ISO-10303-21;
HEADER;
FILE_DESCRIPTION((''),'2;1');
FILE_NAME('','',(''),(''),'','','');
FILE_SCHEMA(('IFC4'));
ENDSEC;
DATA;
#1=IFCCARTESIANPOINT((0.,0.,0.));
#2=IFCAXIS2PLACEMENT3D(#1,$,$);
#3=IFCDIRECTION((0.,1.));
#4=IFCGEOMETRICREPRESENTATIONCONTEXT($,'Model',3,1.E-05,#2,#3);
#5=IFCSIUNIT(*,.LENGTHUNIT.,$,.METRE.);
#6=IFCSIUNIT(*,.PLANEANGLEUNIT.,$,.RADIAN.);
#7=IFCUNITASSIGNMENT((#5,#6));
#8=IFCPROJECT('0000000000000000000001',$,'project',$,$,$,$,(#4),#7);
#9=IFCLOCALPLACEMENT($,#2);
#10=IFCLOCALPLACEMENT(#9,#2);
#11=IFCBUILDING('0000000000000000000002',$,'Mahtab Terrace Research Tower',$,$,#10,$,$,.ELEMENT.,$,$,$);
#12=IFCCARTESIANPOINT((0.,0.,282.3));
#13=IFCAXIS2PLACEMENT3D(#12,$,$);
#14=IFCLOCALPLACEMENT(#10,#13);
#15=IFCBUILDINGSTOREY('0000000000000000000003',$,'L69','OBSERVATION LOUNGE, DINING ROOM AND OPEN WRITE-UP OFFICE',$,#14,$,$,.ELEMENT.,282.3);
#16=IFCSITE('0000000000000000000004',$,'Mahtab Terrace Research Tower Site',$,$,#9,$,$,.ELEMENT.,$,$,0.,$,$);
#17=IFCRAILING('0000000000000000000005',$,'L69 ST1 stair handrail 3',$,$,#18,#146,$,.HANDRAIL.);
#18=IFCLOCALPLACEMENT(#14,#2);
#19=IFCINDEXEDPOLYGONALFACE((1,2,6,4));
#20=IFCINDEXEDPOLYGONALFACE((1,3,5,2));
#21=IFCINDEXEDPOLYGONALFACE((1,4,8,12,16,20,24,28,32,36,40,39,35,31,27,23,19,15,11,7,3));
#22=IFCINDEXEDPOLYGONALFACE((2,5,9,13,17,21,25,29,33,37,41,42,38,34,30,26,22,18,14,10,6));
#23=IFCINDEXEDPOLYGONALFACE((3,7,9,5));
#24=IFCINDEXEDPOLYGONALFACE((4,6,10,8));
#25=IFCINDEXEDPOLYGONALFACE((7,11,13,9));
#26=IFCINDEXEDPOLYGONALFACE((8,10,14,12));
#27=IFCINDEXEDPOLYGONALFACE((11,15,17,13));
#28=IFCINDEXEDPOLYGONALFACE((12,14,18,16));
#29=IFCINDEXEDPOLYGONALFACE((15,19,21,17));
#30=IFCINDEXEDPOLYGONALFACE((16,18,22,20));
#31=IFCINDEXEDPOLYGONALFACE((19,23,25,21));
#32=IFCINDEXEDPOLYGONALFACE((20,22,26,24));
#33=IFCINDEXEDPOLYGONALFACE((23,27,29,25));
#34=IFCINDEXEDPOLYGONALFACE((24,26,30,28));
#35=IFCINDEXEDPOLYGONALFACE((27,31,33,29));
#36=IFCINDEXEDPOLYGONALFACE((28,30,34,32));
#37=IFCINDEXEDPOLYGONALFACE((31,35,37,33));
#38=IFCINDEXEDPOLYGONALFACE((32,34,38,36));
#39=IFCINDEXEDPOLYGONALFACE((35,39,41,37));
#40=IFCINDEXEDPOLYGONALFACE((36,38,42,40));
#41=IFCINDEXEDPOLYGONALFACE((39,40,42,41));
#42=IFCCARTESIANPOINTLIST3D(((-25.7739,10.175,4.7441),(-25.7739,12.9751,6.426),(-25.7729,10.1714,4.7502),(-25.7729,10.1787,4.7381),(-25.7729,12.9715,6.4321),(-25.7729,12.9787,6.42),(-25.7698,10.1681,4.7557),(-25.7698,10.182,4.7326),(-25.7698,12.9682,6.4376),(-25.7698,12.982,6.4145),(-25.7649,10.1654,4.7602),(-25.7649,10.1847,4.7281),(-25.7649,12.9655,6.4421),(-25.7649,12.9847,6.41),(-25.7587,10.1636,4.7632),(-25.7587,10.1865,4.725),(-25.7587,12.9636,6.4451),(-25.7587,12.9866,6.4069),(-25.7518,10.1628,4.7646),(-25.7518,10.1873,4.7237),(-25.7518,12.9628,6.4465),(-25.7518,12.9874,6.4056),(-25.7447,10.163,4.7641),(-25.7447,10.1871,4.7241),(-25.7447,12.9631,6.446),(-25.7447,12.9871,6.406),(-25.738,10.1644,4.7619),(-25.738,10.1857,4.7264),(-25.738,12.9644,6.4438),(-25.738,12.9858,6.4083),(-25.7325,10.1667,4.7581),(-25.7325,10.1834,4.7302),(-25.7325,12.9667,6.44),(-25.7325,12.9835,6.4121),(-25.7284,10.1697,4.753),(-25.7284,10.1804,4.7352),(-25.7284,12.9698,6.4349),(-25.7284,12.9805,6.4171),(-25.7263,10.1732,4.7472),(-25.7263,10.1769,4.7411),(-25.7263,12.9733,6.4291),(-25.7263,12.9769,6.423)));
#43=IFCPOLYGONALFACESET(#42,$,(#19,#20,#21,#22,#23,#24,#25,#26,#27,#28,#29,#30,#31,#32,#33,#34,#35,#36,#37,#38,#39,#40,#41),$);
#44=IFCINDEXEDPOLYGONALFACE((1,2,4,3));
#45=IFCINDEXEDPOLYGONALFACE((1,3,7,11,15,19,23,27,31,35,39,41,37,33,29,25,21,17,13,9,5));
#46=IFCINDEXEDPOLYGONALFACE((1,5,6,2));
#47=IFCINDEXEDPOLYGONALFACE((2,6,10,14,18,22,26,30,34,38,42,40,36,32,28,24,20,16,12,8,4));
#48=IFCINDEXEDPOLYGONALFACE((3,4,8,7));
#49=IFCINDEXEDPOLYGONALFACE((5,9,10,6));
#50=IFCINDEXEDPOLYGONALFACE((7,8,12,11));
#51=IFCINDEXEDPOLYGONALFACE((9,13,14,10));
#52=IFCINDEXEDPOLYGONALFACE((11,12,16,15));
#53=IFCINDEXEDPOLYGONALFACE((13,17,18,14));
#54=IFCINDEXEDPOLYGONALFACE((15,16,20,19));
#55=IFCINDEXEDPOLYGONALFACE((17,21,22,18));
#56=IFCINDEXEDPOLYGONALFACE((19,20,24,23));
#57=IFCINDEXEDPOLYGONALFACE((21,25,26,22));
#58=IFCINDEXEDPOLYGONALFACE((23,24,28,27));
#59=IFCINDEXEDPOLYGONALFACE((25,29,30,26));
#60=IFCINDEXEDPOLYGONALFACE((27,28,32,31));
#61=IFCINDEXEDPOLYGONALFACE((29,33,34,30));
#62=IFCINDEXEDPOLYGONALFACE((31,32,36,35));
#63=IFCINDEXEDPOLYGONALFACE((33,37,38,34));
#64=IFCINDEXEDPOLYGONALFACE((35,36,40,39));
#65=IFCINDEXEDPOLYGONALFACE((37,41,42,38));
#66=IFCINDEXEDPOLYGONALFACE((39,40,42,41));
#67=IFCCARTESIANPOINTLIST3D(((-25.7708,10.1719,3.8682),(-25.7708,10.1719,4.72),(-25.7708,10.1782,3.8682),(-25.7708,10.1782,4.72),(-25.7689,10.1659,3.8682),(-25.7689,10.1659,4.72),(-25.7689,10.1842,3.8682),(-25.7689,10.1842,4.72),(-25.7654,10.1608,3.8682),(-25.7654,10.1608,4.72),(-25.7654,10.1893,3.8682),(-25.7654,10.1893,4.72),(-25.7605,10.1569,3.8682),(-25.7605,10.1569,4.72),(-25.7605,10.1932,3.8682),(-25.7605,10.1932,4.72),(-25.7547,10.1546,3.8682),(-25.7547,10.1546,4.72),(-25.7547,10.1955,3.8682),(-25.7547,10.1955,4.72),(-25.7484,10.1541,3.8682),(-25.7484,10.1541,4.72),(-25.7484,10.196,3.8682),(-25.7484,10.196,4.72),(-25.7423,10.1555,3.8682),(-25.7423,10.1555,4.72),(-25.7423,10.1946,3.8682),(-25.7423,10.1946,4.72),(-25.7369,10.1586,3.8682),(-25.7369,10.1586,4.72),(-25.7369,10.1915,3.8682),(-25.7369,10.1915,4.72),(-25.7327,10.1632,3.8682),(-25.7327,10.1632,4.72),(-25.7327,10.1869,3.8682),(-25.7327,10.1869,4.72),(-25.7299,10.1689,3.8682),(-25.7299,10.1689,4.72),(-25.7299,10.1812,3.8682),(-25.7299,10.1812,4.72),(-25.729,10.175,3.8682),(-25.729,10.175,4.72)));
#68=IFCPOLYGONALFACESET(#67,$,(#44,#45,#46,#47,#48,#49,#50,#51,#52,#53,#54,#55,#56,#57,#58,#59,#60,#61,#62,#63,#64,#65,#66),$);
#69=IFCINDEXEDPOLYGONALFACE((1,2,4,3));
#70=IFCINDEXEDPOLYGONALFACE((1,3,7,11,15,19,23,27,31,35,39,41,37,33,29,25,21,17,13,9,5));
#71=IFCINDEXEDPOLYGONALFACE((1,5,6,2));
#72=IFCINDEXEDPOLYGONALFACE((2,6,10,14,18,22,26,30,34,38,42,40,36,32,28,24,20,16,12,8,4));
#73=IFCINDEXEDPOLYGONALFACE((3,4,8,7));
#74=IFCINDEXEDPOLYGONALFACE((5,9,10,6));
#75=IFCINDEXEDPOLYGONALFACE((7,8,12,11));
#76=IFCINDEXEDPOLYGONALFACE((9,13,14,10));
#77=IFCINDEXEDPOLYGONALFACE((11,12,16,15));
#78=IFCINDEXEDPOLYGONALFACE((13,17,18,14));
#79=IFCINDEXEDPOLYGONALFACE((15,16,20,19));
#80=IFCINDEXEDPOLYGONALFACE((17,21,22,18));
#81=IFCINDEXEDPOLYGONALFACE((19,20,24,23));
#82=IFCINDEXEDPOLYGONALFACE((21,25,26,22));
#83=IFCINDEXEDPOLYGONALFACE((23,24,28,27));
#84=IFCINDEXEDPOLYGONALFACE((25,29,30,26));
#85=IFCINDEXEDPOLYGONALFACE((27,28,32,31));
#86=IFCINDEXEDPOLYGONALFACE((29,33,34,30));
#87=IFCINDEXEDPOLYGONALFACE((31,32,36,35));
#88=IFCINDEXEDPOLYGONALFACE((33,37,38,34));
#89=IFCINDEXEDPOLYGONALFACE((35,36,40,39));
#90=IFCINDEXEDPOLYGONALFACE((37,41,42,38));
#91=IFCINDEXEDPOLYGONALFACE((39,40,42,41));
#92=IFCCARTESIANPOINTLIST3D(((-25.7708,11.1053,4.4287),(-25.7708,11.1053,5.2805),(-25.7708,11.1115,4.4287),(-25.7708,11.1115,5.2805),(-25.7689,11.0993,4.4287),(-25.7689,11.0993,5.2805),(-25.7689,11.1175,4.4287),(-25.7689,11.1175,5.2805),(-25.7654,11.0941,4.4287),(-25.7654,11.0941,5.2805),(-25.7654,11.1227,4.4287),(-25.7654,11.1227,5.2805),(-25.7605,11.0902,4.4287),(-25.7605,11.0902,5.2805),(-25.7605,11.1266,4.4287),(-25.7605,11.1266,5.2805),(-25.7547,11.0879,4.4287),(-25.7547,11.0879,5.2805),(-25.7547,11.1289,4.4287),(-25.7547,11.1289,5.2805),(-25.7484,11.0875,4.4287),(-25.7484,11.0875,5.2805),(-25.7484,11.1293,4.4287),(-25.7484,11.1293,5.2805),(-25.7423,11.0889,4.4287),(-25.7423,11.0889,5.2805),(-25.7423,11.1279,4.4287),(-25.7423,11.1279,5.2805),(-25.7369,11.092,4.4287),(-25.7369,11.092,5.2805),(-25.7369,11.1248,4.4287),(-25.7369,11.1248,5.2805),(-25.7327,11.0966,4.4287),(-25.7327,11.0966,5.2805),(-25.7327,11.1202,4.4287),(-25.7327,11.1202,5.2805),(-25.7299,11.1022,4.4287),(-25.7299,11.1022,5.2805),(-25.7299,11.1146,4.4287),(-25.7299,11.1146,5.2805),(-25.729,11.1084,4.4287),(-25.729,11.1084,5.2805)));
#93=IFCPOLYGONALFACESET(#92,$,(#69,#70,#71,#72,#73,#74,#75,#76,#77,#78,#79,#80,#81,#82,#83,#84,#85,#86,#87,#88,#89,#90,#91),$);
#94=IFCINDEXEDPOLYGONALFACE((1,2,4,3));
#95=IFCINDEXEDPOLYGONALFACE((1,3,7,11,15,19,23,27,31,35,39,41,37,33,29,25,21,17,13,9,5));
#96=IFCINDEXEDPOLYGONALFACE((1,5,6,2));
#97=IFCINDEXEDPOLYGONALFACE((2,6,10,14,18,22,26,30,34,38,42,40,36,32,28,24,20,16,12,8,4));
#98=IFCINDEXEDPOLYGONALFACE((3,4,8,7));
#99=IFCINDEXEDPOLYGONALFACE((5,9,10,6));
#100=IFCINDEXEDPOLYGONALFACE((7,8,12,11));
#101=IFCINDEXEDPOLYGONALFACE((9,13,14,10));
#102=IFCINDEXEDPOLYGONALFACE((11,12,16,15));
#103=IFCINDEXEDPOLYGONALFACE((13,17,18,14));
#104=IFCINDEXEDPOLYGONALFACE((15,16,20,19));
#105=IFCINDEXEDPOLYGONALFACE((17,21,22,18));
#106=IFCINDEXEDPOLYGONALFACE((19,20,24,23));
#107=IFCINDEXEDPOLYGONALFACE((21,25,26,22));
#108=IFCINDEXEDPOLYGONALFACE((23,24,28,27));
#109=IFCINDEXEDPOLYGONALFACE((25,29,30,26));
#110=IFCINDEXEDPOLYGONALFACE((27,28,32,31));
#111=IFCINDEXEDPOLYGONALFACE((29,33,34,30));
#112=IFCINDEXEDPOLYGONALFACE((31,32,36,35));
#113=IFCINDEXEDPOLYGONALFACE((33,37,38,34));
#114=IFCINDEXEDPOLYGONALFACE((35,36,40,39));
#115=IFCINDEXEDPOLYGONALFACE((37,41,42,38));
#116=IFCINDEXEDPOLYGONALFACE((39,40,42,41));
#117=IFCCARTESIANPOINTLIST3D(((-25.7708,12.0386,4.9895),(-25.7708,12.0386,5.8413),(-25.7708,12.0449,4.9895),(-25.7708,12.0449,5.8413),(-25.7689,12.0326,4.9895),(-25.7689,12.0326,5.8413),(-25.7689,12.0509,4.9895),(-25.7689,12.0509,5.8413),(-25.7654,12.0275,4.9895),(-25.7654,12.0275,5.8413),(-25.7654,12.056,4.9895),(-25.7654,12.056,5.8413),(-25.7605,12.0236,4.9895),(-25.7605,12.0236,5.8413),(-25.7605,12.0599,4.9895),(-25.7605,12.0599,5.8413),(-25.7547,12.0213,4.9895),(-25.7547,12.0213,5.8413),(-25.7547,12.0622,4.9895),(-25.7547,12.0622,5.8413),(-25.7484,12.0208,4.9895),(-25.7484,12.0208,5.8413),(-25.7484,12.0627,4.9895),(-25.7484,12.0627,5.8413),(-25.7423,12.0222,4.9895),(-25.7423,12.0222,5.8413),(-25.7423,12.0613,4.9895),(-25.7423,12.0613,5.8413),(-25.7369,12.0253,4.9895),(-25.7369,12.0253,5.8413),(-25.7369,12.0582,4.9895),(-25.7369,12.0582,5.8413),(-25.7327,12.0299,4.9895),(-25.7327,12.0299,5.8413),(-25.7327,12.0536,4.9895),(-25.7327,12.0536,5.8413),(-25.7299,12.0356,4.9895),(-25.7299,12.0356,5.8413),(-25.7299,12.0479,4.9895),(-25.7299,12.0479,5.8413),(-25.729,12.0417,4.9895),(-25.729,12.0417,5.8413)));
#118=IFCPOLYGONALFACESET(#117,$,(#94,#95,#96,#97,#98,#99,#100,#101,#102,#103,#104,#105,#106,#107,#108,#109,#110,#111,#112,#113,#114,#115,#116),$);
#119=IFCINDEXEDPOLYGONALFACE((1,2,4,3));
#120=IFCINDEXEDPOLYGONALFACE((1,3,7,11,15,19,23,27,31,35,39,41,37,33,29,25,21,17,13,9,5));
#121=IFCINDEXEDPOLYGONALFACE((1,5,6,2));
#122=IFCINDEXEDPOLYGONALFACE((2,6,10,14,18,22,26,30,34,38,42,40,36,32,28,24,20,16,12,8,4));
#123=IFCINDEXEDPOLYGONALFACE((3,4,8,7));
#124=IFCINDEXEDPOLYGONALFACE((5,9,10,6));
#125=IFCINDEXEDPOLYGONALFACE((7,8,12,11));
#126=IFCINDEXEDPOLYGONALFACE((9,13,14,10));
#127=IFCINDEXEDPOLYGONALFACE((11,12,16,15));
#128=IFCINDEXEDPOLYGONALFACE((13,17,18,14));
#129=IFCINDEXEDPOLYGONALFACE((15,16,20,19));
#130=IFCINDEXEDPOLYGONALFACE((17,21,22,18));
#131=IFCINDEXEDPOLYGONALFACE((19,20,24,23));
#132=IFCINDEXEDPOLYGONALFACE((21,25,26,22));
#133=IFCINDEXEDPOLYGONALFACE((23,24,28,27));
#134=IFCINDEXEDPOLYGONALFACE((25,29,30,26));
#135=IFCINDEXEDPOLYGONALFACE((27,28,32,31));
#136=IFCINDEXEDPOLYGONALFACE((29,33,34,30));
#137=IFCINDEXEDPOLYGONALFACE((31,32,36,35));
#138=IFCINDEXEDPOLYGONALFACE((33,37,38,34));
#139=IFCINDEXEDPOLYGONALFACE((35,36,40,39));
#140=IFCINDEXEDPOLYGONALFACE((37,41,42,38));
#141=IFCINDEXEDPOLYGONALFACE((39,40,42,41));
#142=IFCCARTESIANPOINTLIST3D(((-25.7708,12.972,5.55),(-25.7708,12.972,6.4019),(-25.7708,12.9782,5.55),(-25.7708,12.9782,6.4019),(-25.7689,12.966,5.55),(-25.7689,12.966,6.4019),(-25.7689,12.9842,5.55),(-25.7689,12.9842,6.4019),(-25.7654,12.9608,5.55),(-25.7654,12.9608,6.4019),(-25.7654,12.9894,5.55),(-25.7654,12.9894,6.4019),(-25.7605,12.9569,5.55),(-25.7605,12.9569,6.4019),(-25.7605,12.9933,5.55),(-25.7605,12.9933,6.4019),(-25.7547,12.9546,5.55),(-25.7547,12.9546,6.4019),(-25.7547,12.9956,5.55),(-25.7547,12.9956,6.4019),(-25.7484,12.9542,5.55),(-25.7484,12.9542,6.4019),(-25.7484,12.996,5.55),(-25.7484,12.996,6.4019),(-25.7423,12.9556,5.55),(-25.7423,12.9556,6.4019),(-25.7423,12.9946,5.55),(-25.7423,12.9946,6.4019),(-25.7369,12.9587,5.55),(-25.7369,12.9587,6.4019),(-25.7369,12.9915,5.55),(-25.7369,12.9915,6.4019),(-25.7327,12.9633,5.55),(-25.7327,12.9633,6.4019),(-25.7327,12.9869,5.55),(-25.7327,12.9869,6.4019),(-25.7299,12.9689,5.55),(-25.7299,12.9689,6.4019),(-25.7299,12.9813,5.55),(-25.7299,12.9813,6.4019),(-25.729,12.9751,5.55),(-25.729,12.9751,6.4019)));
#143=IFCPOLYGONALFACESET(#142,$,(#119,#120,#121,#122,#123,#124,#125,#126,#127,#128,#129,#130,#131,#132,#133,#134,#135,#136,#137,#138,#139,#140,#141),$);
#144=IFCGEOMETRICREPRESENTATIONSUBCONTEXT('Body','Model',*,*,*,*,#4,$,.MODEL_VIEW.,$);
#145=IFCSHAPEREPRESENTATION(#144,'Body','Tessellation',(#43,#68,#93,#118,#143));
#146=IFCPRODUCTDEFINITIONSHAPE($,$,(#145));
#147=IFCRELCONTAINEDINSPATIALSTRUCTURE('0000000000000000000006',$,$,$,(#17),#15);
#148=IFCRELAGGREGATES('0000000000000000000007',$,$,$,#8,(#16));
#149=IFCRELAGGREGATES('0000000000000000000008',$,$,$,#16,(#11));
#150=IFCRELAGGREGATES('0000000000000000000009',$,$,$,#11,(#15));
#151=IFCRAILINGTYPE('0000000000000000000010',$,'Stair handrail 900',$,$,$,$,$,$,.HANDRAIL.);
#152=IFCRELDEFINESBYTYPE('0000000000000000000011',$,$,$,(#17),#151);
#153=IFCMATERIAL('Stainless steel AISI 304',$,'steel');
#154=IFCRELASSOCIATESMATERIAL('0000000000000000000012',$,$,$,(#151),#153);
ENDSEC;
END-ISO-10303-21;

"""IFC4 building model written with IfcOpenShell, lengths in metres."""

from ifc_helpers import new_model, si_unit, direction, frame, origin, origin_2d, place, context, subcontext, project, spatial, circle, extrude, material, type_object, element, save


model = new_model("IFC4")

# Units and contexts
model_context = context("Model", 3, precision=1e-05, world=origin(), true_north=direction((0.0, 1.0)))
body_context = subcontext(model_context, "Body", "Model", "MODEL_VIEW")
ifc_project = project(units=[si_unit("LENGTHUNIT", "METRE"), si_unit("PLANEANGLEUNIT", "RADIAN")], contexts=[model_context])

# Site, building, storey
site_placement = place(None, origin())
site = spatial("IfcSite", under=ifc_project, at=site_placement, Name="Mahtab Terrace Research Tower Site", CompositionType="ELEMENT", RefElevation=0.0)
building_placement = place(site_placement, origin())
building = spatial("IfcBuilding", under=site, at=building_placement, Name="Mahtab Terrace Research Tower", CompositionType="ELEMENT")
storey_placement = place(building_placement, frame((0.0, 0.0, 282.3)))
storey = spatial("IfcBuildingStorey", under=building, at=storey_placement, Name="L69", Description="OBSERVATION LOUNGE, DINING ROOM AND OPEN WRITE-UP OFFICE", CompositionType="ELEMENT", Elevation=282.3)

# Railing
ifc_material_1 = material(Name="Stainless steel AISI 304", Category="steel")
railing_type_1 = type_object("IfcRailingType", Name="Stair handrail 900", PredefinedType="HANDRAIL", material=ifc_material_1)
railing_1_placement = place(storey_placement, frame((-25.75, 10.175, 3.8682)))
element("IfcRailing", 1, at=railing_1_placement, inside=storey, type_object=railing_type_1, Name="L69 ST1 stair handrail 3", PredefinedType="HANDRAIL", context=body_context, shape_type="SweptSolid", body=[
    extrude(circle(Radius=0.0239, at=origin_2d()), frame((0.0, 0.0, 0.876), z_axis=(0.0, 0.857242, 0.514913), x_axis=(-1.0, 0.0, 0.0)), (0.0, 0.0, 1.0), 3.2664),
    extrude(circle(Radius=0.021, at=origin_2d()), origin(), (0.0, 0.0, 1.0), 0.8518),
    extrude(circle(Radius=0.021, at=origin_2d()), frame((0.0, 0.9333, 0.5605)), (0.0, 0.0, 1.0), 0.8518),
    extrude(circle(Radius=0.021, at=origin_2d()), frame((0.0, 1.8667, 1.1213)), (0.0, 0.0, 1.0), 0.8518),
    extrude(circle(Radius=0.021, at=origin_2d()), frame((0.0, 2.8, 1.6819)), (0.0, 0.0, 1.0), 0.8518),
])

save(model, "model.ifc")
